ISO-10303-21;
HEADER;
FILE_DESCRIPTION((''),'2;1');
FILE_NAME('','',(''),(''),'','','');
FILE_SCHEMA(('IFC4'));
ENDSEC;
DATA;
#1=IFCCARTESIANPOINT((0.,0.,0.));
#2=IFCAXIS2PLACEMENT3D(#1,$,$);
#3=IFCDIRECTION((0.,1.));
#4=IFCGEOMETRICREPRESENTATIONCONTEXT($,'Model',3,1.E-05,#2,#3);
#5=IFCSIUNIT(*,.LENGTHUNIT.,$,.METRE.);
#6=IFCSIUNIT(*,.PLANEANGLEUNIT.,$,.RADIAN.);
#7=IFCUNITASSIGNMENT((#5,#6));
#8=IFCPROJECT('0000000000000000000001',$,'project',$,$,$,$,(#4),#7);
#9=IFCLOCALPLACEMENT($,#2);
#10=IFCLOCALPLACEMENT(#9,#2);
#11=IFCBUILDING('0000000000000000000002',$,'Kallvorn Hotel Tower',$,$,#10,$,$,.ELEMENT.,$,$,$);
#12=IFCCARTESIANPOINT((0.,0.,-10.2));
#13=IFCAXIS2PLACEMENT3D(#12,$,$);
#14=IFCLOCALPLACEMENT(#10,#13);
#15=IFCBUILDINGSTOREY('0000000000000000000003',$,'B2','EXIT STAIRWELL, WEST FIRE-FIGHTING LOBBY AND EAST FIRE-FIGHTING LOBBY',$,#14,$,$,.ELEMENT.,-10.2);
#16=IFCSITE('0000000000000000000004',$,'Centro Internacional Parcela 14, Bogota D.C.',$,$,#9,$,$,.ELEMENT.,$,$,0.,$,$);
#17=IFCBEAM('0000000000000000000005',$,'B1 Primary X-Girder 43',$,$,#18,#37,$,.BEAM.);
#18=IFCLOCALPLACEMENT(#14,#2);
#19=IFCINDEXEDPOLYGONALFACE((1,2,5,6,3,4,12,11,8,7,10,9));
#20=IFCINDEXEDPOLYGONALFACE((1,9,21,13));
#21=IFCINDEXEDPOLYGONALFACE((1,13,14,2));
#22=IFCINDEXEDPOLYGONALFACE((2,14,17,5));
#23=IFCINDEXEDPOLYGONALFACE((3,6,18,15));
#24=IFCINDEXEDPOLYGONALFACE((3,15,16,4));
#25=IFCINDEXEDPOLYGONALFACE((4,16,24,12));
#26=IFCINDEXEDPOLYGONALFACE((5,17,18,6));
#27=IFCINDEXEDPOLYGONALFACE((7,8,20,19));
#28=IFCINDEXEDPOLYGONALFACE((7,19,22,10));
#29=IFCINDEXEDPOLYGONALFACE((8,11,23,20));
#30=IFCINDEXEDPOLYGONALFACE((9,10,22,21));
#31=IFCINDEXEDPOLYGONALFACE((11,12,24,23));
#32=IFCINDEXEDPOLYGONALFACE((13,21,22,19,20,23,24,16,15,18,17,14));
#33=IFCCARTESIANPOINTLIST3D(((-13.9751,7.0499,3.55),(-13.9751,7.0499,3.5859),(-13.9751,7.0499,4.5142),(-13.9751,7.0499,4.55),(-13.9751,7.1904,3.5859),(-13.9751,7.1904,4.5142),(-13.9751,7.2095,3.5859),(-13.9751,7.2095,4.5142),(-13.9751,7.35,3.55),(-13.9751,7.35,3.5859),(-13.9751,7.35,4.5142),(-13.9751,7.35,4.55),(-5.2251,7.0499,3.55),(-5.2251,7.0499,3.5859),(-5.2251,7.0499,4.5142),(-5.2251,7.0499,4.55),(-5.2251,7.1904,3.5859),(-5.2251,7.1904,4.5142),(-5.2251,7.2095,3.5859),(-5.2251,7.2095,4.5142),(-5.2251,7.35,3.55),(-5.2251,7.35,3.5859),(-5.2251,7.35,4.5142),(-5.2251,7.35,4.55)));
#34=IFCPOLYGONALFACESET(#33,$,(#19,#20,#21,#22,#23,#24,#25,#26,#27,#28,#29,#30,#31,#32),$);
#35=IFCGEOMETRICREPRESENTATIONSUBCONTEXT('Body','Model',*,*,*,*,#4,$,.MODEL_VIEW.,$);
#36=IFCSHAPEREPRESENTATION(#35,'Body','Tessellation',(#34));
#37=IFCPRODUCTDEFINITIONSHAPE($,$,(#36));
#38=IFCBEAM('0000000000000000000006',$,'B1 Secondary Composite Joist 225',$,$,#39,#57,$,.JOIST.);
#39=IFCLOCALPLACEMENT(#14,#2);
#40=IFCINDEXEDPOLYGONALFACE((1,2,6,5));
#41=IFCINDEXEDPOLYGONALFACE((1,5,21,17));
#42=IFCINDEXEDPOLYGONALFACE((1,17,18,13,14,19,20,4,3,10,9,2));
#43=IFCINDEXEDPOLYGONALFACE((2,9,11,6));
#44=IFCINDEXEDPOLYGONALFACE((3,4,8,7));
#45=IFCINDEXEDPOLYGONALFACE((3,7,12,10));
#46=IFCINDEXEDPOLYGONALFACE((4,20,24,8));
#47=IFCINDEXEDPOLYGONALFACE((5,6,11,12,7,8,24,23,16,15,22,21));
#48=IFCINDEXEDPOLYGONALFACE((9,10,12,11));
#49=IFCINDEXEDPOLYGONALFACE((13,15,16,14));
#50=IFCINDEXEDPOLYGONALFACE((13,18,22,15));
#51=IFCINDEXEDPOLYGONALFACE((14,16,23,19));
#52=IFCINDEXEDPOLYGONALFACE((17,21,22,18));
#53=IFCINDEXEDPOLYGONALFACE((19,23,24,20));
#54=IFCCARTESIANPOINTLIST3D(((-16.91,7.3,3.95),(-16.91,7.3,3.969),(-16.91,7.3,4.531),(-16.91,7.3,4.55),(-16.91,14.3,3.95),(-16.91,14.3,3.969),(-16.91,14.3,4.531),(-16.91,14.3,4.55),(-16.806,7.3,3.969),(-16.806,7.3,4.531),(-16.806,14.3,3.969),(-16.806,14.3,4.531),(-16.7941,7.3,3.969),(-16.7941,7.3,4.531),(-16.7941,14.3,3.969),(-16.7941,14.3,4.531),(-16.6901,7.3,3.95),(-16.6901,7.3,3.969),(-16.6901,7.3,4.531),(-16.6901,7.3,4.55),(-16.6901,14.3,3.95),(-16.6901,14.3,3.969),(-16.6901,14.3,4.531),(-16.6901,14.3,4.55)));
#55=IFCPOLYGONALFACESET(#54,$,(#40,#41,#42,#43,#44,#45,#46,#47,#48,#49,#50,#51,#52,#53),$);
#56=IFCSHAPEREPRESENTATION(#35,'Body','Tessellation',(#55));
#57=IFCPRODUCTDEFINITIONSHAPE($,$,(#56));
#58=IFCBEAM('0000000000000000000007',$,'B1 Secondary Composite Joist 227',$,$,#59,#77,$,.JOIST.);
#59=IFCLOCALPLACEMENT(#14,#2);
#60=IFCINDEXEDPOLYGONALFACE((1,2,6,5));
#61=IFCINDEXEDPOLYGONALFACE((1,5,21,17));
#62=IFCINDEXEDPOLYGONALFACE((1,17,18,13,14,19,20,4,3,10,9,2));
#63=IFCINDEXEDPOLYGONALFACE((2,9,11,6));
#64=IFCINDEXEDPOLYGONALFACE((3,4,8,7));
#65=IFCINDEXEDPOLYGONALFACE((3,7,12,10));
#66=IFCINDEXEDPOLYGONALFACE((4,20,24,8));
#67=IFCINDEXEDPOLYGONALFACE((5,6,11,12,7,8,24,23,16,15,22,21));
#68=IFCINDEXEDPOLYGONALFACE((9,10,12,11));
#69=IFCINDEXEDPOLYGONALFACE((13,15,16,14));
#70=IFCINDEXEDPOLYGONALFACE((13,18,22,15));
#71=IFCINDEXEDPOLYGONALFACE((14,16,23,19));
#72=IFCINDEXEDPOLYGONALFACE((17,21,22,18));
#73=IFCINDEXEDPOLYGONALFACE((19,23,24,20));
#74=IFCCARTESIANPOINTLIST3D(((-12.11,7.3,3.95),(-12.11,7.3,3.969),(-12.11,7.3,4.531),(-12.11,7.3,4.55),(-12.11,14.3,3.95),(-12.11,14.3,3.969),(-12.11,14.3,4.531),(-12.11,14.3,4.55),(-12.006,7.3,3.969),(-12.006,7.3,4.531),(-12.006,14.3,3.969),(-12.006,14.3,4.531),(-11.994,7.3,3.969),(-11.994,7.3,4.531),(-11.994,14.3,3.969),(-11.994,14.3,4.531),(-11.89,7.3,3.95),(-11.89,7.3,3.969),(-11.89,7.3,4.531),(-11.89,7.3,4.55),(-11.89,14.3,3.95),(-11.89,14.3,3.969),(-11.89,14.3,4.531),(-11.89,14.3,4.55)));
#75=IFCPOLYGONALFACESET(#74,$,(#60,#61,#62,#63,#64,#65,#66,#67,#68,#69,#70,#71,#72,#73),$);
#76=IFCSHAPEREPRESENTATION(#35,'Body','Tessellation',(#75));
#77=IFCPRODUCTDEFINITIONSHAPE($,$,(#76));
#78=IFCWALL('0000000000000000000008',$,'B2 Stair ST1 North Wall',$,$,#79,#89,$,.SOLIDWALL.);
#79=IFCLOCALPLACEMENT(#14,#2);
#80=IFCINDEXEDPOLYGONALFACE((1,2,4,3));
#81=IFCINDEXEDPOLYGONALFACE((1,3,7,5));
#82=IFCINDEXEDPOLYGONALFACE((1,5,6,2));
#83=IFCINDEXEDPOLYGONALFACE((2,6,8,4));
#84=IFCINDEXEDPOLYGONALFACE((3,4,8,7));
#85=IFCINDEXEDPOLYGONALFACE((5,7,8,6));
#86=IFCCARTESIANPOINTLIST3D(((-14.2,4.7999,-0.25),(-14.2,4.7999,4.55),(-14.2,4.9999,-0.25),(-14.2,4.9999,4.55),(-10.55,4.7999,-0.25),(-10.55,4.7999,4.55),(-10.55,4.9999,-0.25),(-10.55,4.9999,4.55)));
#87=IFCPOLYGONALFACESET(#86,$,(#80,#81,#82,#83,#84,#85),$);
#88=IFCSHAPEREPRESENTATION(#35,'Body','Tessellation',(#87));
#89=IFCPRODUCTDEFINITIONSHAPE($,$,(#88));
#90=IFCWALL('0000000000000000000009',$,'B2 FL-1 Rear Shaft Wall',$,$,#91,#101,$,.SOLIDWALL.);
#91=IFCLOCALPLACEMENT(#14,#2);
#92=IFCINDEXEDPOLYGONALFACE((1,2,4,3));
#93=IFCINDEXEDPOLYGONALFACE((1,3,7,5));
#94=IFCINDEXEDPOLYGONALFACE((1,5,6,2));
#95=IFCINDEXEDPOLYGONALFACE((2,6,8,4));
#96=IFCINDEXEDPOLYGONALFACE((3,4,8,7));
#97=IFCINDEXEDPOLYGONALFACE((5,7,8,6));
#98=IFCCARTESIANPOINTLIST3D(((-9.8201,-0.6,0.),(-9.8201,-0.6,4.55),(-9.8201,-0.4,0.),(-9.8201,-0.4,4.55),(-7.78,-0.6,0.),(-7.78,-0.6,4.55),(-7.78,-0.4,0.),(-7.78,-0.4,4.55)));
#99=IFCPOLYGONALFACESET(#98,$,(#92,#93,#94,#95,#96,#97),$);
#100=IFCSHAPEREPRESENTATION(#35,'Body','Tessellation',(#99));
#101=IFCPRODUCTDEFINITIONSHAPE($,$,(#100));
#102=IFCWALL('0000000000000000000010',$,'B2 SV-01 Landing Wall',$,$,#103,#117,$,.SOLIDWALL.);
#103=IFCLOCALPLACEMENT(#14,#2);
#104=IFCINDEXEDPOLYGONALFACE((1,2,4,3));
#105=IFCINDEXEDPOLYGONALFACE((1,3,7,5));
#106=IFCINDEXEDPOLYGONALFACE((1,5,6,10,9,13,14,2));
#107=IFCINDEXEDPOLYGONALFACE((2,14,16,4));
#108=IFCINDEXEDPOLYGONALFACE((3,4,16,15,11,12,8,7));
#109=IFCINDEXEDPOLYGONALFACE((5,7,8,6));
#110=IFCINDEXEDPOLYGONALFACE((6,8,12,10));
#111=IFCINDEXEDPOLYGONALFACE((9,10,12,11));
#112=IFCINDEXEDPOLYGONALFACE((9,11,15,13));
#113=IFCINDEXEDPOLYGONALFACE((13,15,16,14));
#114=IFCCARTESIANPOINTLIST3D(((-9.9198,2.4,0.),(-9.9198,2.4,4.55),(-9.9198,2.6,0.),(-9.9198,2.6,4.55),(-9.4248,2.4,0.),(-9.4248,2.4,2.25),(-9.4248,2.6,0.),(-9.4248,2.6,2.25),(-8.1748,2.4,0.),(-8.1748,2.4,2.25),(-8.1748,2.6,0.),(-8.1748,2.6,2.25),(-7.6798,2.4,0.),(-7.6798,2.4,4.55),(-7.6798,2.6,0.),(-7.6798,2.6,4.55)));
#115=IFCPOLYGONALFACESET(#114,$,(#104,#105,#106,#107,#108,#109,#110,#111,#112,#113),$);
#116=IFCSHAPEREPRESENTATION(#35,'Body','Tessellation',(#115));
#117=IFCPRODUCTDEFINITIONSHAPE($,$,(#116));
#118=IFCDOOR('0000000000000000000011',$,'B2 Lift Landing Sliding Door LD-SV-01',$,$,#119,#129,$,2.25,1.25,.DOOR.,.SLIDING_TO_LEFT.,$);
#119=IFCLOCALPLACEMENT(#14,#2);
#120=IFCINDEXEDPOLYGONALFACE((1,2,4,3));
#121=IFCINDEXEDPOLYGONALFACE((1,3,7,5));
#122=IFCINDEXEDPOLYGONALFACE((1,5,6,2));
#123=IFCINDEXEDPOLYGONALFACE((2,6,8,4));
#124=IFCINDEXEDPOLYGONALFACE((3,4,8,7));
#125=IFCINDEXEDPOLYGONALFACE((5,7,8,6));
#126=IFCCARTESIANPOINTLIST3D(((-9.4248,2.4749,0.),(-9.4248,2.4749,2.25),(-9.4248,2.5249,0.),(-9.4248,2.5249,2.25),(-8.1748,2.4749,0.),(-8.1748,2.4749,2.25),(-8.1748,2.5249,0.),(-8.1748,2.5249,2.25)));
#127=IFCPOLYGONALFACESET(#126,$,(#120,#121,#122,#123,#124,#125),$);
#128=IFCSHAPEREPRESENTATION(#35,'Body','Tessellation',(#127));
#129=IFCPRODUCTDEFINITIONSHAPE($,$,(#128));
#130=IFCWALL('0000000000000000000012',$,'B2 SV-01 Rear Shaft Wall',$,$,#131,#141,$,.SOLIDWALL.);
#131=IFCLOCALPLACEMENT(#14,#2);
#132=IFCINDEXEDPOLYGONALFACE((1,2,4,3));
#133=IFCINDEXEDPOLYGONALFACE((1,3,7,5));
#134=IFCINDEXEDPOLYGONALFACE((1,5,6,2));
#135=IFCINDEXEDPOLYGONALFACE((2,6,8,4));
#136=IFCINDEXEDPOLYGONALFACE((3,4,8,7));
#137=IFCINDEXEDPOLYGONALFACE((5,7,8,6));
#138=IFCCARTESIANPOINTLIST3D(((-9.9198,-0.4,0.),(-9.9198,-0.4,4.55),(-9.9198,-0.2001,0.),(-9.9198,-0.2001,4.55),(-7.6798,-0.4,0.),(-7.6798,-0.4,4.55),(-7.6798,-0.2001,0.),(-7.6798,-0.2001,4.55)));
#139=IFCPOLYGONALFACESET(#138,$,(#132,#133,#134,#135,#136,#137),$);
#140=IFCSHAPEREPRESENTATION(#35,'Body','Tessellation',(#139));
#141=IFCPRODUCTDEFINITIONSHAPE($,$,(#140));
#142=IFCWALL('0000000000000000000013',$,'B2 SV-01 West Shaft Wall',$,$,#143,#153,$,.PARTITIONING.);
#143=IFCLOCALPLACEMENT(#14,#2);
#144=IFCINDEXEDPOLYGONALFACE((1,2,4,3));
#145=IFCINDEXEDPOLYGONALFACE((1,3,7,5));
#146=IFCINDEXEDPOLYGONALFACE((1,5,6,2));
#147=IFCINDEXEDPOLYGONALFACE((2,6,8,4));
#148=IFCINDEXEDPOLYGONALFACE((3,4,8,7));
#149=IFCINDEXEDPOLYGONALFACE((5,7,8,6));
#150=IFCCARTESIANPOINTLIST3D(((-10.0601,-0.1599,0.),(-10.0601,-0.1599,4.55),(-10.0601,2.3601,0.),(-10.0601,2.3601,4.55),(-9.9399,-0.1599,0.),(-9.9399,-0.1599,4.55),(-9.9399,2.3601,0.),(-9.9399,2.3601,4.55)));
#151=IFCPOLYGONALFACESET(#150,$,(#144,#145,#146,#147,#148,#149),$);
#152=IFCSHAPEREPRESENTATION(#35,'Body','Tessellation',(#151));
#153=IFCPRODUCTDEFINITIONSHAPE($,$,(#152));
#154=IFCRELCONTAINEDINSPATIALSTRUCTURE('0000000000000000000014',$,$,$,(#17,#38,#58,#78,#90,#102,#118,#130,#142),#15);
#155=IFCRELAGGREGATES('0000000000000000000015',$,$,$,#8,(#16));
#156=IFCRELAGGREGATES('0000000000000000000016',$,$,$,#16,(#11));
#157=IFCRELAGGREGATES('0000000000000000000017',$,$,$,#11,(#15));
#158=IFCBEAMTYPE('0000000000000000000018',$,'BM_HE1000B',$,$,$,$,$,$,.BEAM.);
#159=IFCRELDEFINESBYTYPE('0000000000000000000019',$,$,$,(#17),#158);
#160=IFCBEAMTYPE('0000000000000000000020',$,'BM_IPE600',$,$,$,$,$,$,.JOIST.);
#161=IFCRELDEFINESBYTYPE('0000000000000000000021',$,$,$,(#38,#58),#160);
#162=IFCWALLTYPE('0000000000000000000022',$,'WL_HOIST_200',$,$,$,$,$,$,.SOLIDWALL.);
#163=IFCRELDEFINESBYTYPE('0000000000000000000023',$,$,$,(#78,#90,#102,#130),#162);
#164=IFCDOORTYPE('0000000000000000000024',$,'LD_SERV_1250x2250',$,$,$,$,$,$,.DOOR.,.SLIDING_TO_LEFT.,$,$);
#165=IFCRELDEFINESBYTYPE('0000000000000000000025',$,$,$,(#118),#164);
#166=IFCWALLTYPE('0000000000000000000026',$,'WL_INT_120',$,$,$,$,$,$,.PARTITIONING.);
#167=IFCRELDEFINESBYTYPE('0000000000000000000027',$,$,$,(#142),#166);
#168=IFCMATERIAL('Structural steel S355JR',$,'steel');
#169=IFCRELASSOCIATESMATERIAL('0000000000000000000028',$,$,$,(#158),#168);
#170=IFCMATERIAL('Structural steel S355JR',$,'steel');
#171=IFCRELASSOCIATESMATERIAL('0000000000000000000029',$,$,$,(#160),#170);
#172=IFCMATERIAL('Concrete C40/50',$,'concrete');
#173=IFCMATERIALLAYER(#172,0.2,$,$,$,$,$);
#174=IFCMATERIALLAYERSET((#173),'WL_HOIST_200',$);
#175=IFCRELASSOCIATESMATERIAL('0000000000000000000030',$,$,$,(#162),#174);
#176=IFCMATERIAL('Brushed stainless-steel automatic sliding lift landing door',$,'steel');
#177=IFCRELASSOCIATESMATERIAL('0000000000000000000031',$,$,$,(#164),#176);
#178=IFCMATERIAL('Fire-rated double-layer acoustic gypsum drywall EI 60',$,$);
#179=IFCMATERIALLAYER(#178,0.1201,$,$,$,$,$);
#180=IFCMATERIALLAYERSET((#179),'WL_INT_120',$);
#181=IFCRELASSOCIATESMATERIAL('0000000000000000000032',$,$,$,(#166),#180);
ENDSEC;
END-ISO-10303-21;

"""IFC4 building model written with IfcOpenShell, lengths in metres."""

from ifc_helpers import new_model, si_unit, direction, frame, frame_2d, origin, origin_2d, place, context, subcontext, project, spatial, rectangle, i_section, extrude, material, layer, layer_set, material_profile, profile_set, type_object, element, fill, save


model = new_model("IFC4")

# Units and contexts
model_context = context("Model", 3, precision=1e-05, world=origin(), true_north=direction((0.0, 1.0)))
body_context = subcontext(model_context, "Body", "Model", "MODEL_VIEW")
ifc_project = project(units=[si_unit("LENGTHUNIT", "METRE"), si_unit("PLANEANGLEUNIT", "RADIAN")], contexts=[model_context])

# Site, building, storey
site_placement = place(None, origin())
site = spatial("IfcSite", under=ifc_project, at=site_placement, Name="Centro Internacional Parcela 14, Bogota D.C.", CompositionType="ELEMENT", RefElevation=0.0)
building_placement = place(site_placement, origin())
building = spatial("IfcBuilding", under=site, at=building_placement, Name="Kallvorn Hotel Tower", CompositionType="ELEMENT")
storey_placement = place(building_placement, frame((0.0, 0.0, -10.2)))
storey = spatial("IfcBuildingStorey", under=building, at=storey_placement, Name="B2", Description="EXIT STAIRWELL, WEST FIRE-FIGHTING LOBBY AND EAST FIRE-FIGHTING LOBBY", CompositionType="ELEMENT", Elevation=-10.2)

# Beams
ifc_material_1 = material(Name="Structural steel S355JR", Category="steel")
ifc_material_profile_1 = material_profile(ifc_material_1, i_section(OverallWidth=0.3, OverallDepth=1.0, WebThickness=0.019, FlangeThickness=0.0359, at=origin_2d()), Name="HE 1000 B")
ifc_profile_set_1 = profile_set([ifc_material_profile_1], Name="Structural steel S355JR")
beam_type_1 = type_object("IfcBeamType", Name="BM_HE1000B", PredefinedType="BEAM", material=ifc_profile_set_1)
beam_placement = place(storey_placement, frame((-13.9751, 7.2, 4.05), z_axis=(1.0, 0.0, 0.0), x_axis=(0.0, 1.0, 0.0)))
element("IfcBeam", 1, at=beam_placement, inside=storey, type_object=beam_type_1, Name="B1 Primary X-Girder 43", PredefinedType="BEAM", context=body_context, shape_type="SweptSolid", body=[
    extrude(i_section(OverallWidth=0.3, OverallDepth=1.0, WebThickness=0.019, FlangeThickness=0.0359, at=origin_2d()), origin(), (0.0, 0.0, 1.0), 8.75),
])
ifc_material_2 = material(Name="Structural steel S355JR", Category="steel")
ifc_material_profile_2 = material_profile(ifc_material_2, i_section(OverallWidth=0.22, OverallDepth=0.6001, WebThickness=0.012, FlangeThickness=0.019, at=origin_2d()), Name="IPE 600")
ifc_profile_set_2 = profile_set([ifc_material_profile_2], Name="Structural steel S355JR")
beam_type_2 = type_object("IfcBeamType", Name="BM_IPE600", PredefinedType="JOIST", material=ifc_profile_set_2)
for number, where, z_axis, x_axis, name in (
    (2, (-16.8, 7.3, 4.25), (0.0, 1.0, 0.0), (-1.0, 0.0, 0.0), "B1 Secondary Composite Joist 225"),
    (3, (-12.0, 7.3, 4.25), (0.0, 1.0, 0.0), (-1.0, 0.0, 0.0), "B1 Secondary Composite Joist 227"),
):
    element("IfcBeam", number, at=place(storey_placement, frame(where, z_axis=z_axis, x_axis=x_axis)), inside=storey, type_object=beam_type_2, Name=name, PredefinedType="JOIST", context=body_context, shape_type="SweptSolid", body=[
        extrude(i_section(OverallWidth=0.22, OverallDepth=0.6001, WebThickness=0.012, FlangeThickness=0.019, at=origin_2d()), origin(), (0.0, 0.0, 1.0), 7.0),
    ])

# Walls
ifc_material_3 = material(Name="Concrete C40/50", Category="concrete")
ifc_layer_1 = layer(ifc_material_3, 0.2)
ifc_layer_set_1 = layer_set([ifc_layer_1], Name="WL_HOIST_200")
wall_type_1 = type_object("IfcWallType", Name="WL_HOIST_200", PredefinedType="SOLIDWALL", material=ifc_layer_set_1)
wall_1_placement = place(storey_placement, frame((-14.2, 4.8999, -0.25), z_axis=(0.0, 0.0, 1.0), x_axis=(1.0, 0.0, 0.0)))
element("IfcWall", 4, at=wall_1_placement, inside=storey, type_object=wall_type_1, Name="B2 Stair ST1 North Wall", PredefinedType="SOLIDWALL", context=body_context, shape_type="SweptSolid", body=[
    extrude(rectangle(XDim=3.6499, YDim=0.2, at=frame_2d((1.825, 0.0))), origin(), (0.0, 0.0, 1.0), 4.8),
])
wall_2_placement = place(storey_placement, frame((-9.8201, -0.5, 0.0), z_axis=(0.0, 0.0, 1.0), x_axis=(1.0, 0.0, 0.0)))
element("IfcWall", 5, at=wall_2_placement, inside=storey, type_object=wall_type_1, Name="B2 FL-1 Rear Shaft Wall", PredefinedType="SOLIDWALL", context=body_context, shape_type="SweptSolid", body=[
    extrude(rectangle(XDim=2.04, YDim=0.2, at=frame_2d((1.02, 0.0))), origin(), (0.0, 0.0, 1.0), 4.55),
])

# Wall, opening, door
wall_3_placement = place(storey_placement, frame((-9.9199, 2.5, 0.0), z_axis=(0.0, 0.0, 1.0), x_axis=(1.0, 0.0, 0.0)))
wall_3 = element("IfcWall", 6, at=wall_3_placement, inside=storey, type_object=wall_type_1, Name="B2 SV-01 Landing Wall", PredefinedType="SOLIDWALL", context=body_context, shape_type="SweptSolid", body=[
    extrude(rectangle(XDim=2.24, YDim=0.2, at=frame_2d((1.1201, 0.0))), origin(), (0.0, 0.0, 1.0), 4.55),
])
opening_1_placement = place(wall_3_placement, frame((0.4951, 0.0, 0.0)))
opening_1 = element("IfcOpeningElement", 7, at=opening_1_placement, cuts=wall_3, PredefinedType="OPENING", context=body_context, shape_type="SweptSolid", body=[
    extrude(rectangle(XDim=1.25, YDim=2.25, at=frame_2d((0.625, 1.125))), frame((0.0, 0.115, 0.0), z_axis=(0.0, -1.0, 0.0), x_axis=(1.0, 0.0, 0.0)), (0.0, 0.0, 1.0), 0.23),
])
ifc_material_4 = material(Name="Brushed stainless-steel automatic sliding lift landing door", Category="steel")
door_type_1 = type_object("IfcDoorType", Name="LD_SERV_1250x2250", OperationType="SLIDING_TO_LEFT", PredefinedType="DOOR", material=ifc_material_4)
door_1_placement = place(opening_1_placement, origin())
door_1 = element("IfcDoor", 8, at=door_1_placement, inside=storey, type_object=door_type_1, Name="B2 Lift Landing Sliding Door LD-SV-01", OperationType="SLIDING_TO_LEFT", OverallHeight=2.25, OverallWidth=1.25, PredefinedType="DOOR", context=body_context, shape_type="SweptSolid", body=[
    extrude(rectangle(XDim=1.25, YDim=2.25, at=frame_2d((0.625, 1.125))), frame((0.0, 0.0249, 0.0), z_axis=(0.0, -1.0, 0.0), x_axis=(1.0, 0.0, 0.0)), (0.0, 0.0, 1.0), 0.05),
])
fill(opening_1, door_1)

# Walls
wall_4_placement = place(storey_placement, frame((-9.9199, -0.3, 0.0), z_axis=(0.0, 0.0, 1.0), x_axis=(1.0, 0.0, 0.0)))
element("IfcWall", 9, at=wall_4_placement, inside=storey, type_object=wall_type_1, Name="B2 SV-01 Rear Shaft Wall", PredefinedType="SOLIDWALL", context=body_context, shape_type="SweptSolid", body=[
    extrude(rectangle(XDim=2.24, YDim=0.2, at=frame_2d((1.1201, 0.0))), origin(), (0.0, 0.0, 1.0), 4.55),
])
ifc_material_5 = material(Name="Fire-rated double-layer acoustic gypsum drywall EI 60")
ifc_layer_2 = layer(ifc_material_5, 0.1201)
ifc_layer_set_2 = layer_set([ifc_layer_2], Name="WL_INT_120")
wall_type_2 = type_object("IfcWallType", Name="WL_INT_120", PredefinedType="PARTITIONING", material=ifc_layer_set_2)
wall_5_placement = place(storey_placement, frame((-10.0, -0.1599, 0.0), z_axis=(0.0, 0.0, 1.0), x_axis=(0.0, 1.0, 0.0)))
element("IfcWall", 10, at=wall_5_placement, inside=storey, type_object=wall_type_2, Name="B2 SV-01 West Shaft Wall", PredefinedType="PARTITIONING", context=body_context, shape_type="SweptSolid", body=[
    extrude(rectangle(XDim=2.52, YDim=0.1201, at=frame_2d((1.26, 0.0))), origin(), (0.0, 0.0, 1.0), 4.55),
])

save(model, "model.ifc")
